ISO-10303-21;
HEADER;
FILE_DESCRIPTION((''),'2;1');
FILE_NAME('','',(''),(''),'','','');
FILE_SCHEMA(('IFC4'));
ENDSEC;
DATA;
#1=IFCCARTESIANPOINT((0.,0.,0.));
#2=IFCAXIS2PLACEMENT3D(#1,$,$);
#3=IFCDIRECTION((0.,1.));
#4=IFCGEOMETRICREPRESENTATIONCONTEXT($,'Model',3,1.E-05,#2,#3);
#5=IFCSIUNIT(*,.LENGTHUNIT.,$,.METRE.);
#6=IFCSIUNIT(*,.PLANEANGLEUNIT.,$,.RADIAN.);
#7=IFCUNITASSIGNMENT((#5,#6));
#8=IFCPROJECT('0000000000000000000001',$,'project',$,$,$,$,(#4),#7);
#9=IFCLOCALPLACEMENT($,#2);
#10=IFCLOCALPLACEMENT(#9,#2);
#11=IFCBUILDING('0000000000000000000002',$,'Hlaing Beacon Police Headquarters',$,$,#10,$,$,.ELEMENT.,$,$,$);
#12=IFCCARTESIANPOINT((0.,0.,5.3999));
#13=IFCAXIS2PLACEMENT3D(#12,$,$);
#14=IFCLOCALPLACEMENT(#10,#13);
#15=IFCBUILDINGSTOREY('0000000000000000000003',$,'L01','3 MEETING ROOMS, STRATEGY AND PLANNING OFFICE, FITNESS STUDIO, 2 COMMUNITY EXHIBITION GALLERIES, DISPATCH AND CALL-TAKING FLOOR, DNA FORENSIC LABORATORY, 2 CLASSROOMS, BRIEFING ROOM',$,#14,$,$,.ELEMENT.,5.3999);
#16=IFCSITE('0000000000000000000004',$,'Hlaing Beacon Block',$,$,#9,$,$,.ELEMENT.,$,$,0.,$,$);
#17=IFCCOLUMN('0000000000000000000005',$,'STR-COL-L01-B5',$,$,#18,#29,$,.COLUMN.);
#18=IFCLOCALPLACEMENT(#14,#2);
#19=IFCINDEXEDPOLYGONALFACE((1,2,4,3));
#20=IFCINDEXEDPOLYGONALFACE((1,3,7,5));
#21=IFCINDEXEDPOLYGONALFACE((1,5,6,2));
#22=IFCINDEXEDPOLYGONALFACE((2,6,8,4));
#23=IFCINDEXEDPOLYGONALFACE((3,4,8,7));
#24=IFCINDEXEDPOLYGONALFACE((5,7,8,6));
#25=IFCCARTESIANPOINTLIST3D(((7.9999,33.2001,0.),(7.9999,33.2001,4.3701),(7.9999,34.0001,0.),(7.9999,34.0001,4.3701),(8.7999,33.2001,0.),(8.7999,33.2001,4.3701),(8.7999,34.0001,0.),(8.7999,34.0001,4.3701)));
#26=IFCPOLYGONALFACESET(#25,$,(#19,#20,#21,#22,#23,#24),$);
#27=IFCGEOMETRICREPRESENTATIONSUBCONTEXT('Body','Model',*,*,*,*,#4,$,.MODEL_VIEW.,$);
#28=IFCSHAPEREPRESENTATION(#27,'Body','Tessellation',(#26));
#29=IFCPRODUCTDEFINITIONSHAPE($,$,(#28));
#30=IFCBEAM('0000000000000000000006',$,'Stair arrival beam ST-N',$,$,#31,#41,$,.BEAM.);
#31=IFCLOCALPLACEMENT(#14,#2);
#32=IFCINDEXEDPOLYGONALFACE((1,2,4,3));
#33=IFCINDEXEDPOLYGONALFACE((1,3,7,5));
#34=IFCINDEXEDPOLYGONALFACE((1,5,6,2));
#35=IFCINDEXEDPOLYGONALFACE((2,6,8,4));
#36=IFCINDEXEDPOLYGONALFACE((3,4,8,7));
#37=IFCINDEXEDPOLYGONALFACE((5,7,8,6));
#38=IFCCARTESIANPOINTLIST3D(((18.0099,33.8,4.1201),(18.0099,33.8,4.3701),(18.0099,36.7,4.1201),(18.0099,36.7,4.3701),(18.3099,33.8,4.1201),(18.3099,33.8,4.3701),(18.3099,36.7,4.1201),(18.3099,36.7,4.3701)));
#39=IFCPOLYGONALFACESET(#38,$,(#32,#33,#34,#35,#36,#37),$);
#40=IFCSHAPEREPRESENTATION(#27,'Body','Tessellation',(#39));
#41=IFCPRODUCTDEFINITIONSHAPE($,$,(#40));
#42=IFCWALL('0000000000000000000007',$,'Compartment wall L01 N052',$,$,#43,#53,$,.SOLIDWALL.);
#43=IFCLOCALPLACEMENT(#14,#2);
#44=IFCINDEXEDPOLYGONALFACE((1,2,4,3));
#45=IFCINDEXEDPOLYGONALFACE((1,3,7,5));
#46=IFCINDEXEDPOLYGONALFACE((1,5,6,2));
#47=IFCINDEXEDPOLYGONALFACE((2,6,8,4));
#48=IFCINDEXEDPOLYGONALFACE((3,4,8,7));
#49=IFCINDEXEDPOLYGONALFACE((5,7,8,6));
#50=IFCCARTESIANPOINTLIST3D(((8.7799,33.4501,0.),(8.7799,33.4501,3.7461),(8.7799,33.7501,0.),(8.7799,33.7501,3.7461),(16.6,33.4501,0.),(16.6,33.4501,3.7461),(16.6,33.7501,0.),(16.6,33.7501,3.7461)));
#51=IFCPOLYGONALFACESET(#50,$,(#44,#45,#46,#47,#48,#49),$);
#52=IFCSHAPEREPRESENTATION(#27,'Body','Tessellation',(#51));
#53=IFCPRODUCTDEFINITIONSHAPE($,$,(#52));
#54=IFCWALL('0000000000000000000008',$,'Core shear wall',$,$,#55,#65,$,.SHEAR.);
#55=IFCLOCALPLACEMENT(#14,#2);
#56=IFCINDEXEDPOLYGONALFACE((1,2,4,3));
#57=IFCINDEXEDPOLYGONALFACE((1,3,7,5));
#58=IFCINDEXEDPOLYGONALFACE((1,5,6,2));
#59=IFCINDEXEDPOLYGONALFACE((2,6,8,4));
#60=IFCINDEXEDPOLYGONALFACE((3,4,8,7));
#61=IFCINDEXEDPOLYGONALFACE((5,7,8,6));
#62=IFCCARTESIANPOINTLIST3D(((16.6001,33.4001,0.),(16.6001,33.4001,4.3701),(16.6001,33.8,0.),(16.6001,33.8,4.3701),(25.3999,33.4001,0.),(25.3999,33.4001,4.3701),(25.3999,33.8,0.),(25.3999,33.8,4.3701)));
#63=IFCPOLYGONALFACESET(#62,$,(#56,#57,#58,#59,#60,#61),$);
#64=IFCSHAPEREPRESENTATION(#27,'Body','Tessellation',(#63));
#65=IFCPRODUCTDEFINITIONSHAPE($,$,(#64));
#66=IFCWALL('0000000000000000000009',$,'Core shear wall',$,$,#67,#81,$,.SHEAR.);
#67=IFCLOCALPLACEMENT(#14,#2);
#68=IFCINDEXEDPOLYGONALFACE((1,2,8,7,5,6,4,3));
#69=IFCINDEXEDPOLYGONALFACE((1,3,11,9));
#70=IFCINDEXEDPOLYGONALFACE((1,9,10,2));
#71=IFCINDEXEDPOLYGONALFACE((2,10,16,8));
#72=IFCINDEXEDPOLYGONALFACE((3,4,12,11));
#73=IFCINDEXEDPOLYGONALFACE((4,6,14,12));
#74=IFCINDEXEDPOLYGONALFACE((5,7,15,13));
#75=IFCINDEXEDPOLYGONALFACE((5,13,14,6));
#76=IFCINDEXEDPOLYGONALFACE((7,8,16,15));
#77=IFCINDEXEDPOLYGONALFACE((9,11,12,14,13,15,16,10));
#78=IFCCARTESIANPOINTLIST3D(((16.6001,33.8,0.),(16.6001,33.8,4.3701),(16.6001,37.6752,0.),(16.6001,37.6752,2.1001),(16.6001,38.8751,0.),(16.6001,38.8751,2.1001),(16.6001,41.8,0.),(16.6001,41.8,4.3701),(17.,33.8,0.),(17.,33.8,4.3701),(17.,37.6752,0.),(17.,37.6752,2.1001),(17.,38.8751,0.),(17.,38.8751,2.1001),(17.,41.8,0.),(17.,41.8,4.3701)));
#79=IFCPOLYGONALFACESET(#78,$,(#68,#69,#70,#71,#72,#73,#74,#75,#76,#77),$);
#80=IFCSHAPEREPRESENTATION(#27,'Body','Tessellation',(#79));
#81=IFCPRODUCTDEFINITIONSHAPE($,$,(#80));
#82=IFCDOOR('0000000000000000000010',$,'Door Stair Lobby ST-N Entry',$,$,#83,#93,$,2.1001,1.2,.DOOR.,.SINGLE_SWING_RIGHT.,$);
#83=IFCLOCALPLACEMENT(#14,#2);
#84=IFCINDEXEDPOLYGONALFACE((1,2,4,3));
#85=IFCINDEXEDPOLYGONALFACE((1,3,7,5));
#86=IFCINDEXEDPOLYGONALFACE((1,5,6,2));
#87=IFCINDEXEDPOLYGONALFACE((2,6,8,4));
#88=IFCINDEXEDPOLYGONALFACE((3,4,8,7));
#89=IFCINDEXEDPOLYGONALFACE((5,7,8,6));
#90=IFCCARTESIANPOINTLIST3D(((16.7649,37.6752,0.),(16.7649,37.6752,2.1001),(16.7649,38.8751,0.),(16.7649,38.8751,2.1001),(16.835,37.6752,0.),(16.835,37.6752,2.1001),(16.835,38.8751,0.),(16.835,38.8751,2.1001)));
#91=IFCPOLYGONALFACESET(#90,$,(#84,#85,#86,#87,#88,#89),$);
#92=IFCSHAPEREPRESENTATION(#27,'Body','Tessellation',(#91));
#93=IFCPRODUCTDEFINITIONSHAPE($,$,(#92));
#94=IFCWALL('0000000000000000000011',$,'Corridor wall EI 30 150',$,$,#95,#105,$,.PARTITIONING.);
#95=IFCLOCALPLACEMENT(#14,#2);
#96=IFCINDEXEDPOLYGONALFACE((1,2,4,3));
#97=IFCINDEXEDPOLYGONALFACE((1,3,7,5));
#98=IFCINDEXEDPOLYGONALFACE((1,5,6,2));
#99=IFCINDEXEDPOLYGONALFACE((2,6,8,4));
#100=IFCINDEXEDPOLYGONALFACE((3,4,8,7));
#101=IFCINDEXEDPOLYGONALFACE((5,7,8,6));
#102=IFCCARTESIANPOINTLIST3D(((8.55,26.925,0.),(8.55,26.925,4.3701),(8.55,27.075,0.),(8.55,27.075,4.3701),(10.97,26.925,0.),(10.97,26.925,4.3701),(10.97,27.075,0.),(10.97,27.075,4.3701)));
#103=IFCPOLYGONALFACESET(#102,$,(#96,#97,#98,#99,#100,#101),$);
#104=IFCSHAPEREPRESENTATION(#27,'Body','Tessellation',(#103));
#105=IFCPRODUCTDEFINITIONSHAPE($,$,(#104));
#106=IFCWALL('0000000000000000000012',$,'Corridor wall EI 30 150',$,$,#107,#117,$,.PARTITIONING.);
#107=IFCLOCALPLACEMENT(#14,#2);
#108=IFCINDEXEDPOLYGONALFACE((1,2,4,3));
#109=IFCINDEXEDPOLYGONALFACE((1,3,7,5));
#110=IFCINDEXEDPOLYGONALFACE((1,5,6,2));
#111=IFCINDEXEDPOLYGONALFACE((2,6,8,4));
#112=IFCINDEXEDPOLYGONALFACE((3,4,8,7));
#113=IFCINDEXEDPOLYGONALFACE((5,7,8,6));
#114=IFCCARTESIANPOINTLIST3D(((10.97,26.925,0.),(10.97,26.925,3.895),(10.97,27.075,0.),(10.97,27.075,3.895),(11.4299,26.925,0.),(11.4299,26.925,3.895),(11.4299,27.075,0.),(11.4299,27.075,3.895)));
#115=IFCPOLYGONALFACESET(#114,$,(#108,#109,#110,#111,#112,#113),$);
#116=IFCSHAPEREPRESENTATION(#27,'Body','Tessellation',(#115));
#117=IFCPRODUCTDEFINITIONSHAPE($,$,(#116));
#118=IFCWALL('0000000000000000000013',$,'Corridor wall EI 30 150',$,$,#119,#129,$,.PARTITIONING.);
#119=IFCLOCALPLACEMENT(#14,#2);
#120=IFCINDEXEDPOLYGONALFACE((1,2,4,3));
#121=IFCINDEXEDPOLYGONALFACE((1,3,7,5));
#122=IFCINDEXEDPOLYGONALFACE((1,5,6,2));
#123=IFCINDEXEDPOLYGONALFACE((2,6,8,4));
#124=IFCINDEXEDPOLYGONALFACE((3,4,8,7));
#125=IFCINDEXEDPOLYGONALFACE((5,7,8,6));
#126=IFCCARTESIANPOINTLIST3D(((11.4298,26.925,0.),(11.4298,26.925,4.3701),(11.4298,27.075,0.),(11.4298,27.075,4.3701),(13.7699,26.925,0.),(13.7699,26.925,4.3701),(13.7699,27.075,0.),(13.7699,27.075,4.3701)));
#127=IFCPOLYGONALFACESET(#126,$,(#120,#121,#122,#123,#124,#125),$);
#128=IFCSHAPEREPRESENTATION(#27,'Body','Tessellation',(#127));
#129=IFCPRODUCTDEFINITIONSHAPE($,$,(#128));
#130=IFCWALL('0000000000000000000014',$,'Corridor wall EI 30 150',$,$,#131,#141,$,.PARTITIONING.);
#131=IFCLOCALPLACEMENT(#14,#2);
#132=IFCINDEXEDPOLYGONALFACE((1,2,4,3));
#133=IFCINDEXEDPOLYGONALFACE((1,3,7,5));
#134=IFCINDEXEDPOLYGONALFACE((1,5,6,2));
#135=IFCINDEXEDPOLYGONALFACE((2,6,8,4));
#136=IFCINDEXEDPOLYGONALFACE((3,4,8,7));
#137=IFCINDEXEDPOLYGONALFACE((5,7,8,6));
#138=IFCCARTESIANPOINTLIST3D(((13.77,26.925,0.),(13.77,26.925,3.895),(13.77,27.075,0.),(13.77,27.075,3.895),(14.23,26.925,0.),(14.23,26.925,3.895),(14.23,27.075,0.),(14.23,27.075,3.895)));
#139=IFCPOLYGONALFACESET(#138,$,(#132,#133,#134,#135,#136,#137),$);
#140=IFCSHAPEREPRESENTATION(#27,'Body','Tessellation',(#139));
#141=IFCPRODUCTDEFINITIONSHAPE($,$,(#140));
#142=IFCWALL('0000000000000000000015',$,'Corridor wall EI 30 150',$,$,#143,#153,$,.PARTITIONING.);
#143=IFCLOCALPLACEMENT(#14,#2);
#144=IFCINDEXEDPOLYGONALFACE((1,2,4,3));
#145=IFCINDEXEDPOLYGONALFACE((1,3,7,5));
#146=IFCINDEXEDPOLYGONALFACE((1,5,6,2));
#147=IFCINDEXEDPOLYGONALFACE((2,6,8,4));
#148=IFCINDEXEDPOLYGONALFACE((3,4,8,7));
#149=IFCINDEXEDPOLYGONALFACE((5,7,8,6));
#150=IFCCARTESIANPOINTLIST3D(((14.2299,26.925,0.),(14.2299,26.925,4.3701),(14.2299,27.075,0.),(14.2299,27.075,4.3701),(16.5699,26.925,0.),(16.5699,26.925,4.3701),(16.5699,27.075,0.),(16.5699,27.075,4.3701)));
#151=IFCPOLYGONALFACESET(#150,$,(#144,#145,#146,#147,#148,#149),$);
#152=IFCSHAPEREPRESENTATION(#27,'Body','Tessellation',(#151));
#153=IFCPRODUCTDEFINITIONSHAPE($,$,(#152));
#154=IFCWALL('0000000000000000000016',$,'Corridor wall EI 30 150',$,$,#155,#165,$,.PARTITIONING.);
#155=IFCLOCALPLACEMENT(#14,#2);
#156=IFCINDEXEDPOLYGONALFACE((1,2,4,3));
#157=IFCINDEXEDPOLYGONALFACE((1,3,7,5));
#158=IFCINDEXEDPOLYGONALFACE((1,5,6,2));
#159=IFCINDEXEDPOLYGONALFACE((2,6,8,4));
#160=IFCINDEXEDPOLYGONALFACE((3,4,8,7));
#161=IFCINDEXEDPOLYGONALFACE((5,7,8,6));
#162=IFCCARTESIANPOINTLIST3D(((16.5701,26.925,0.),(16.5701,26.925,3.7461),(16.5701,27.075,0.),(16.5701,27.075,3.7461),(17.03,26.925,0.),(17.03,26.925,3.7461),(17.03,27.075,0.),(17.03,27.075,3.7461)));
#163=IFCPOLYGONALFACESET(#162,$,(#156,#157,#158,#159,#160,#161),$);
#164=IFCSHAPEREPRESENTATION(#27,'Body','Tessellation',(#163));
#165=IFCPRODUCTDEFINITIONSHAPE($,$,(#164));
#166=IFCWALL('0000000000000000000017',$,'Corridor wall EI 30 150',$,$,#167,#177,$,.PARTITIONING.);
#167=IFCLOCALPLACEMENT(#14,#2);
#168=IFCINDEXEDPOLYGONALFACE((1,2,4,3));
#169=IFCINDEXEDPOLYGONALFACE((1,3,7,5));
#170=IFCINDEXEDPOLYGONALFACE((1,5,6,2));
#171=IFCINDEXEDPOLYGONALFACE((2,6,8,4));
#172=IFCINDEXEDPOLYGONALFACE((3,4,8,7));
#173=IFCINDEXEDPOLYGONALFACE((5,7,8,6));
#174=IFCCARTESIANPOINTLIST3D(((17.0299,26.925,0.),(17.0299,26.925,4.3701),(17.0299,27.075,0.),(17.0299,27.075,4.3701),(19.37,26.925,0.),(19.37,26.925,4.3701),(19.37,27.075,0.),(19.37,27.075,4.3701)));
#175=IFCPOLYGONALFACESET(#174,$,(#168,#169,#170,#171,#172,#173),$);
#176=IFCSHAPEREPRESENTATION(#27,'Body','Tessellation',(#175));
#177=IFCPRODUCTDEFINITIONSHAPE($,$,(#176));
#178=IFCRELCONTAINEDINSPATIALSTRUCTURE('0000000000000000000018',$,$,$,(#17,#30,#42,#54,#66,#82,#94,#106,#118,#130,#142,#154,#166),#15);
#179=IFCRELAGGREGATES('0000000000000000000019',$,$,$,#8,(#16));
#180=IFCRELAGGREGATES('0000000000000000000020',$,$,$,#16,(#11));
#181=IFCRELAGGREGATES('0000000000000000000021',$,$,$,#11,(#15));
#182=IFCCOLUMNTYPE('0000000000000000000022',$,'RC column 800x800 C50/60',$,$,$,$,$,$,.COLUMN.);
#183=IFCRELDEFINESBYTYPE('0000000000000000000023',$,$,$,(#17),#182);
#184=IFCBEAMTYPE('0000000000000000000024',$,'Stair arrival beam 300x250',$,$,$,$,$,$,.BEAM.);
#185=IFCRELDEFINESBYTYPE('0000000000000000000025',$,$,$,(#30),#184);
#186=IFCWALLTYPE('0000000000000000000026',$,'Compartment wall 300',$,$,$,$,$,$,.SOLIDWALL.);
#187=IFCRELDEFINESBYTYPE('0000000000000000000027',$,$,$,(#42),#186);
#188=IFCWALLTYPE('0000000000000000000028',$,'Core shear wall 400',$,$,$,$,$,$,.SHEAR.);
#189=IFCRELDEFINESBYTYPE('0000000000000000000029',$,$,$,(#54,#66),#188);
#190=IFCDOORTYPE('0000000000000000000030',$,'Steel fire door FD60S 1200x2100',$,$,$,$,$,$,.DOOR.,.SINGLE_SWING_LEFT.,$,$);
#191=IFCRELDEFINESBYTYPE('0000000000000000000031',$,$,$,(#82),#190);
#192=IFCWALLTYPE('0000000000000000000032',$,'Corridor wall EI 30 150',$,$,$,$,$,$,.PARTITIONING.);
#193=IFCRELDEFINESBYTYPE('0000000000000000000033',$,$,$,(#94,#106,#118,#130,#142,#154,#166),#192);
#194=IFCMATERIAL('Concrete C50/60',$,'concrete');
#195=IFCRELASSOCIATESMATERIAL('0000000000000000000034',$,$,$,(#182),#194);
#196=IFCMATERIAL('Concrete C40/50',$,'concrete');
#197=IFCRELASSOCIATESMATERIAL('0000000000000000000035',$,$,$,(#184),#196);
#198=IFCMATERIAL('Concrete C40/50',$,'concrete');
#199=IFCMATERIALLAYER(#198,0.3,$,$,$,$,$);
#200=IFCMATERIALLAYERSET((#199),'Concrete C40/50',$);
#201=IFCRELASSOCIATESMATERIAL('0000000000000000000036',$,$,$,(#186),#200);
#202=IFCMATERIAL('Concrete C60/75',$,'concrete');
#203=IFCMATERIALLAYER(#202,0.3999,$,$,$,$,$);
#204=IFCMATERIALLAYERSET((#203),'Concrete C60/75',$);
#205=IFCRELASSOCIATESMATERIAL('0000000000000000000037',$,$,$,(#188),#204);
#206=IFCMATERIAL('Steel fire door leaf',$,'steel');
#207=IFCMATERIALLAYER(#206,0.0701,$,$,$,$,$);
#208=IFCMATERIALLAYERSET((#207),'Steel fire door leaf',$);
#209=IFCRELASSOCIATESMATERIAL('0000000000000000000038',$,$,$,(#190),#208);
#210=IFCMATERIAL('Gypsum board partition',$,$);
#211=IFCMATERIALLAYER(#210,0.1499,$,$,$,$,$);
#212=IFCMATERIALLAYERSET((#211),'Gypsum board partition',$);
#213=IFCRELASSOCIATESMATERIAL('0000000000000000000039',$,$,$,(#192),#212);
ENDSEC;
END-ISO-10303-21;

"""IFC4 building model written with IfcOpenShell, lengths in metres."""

from ifc_helpers import new_model, si_unit, direction, frame, frame_2d, origin, origin_2d, place, context, subcontext, project, spatial, rectangle, extrude, material, layer, layer_set, material_profile, profile_set, type_object, element, fill, save


model = new_model("IFC4")

# Units and contexts
model_context = context("Model", 3, precision=1e-05, world=origin(), true_north=direction((0.0, 1.0)))
body_context = subcontext(model_context, "Body", "Model", "MODEL_VIEW")
ifc_project = project(units=[si_unit("LENGTHUNIT", "METRE"), si_unit("PLANEANGLEUNIT", "RADIAN")], contexts=[model_context])

# Site, building, storey
site_placement = place(None, origin())
site = spatial("IfcSite", under=ifc_project, at=site_placement, Name="Hlaing Beacon Block", CompositionType="ELEMENT", RefElevation=0.0)
building_placement = place(site_placement, origin())
building = spatial("IfcBuilding", under=site, at=building_placement, Name="Hlaing Beacon Police Headquarters", CompositionType="ELEMENT")
storey_placement = place(building_placement, frame((0.0, 0.0, 5.3999)))
storey = spatial("IfcBuildingStorey", under=building, at=storey_placement, Name="L01", Description="3 MEETING ROOMS, STRATEGY AND PLANNING OFFICE, FITNESS STUDIO, 2 COMMUNITY EXHIBITION GALLERIES, DISPATCH AND CALL-TAKING FLOOR, DNA FORENSIC LABORATORY, 2 CLASSROOMS, BRIEFING ROOM", CompositionType="ELEMENT", Elevation=5.3999)

# Column
ifc_material_1 = material(Name="Concrete C50/60", Category="concrete")
ifc_material_profile_1 = material_profile(ifc_material_1, rectangle(XDim=0.8, YDim=0.8, at=origin_2d()), Name="800x800")
ifc_profile_set_1 = profile_set([ifc_material_profile_1], Name="Concrete C50/60")
column_type = type_object("IfcColumnType", Name="RC column 800x800 C50/60", PredefinedType="COLUMN", material=ifc_profile_set_1)
column_placement = place(storey_placement, frame((8.3999, 33.6001, 0.0), z_axis=(0.0, 0.0, 1.0), x_axis=(1.0, 0.0, 0.0)))
element("IfcColumn", 1, at=column_placement, inside=storey, type_object=column_type, Name="STR-COL-L01-B5", PredefinedType="COLUMN", context=body_context, shape_type="SweptSolid", body=[
    extrude(rectangle(XDim=0.8, YDim=0.8, at=origin_2d()), origin(), (0.0, 0.0, 1.0), 4.3701),
])

# Beam
ifc_material_2 = material(Name="Concrete C40/50", Category="concrete")
ifc_material_profile_2 = material_profile(ifc_material_2, rectangle(XDim=0.3, YDim=0.25, at=origin_2d()), Name="Stair arrival beam 300x250")
ifc_profile_set_2 = profile_set([ifc_material_profile_2], Name="Concrete C40/50")
beam_type = type_object("IfcBeamType", Name="Stair arrival beam 300x250", PredefinedType="BEAM", material=ifc_profile_set_2)
beam_placement = place(storey_placement, frame((18.1599, 33.8, 4.2451), z_axis=(0.0, 1.0, 0.0), x_axis=(-1.0, 0.0, 0.0)))
element("IfcBeam", 2, at=beam_placement, inside=storey, type_object=beam_type, Name="Stair arrival beam ST-N", PredefinedType="BEAM", context=body_context, shape_type="SweptSolid", body=[
    extrude(rectangle(XDim=0.3, YDim=0.25, at=origin_2d()), origin(), (0.0, 0.0, 1.0), 2.8999),
])

# Walls
ifc_material_3 = material(Name="Concrete C40/50", Category="concrete")
ifc_layer_1 = layer(ifc_material_3, 0.3)
ifc_layer_set_1 = layer_set([ifc_layer_1], Name="Concrete C40/50")
wall_type_1 = type_object("IfcWallType", Name="Compartment wall 300", PredefinedType="SOLIDWALL", material=ifc_layer_set_1)
wall_1_placement = place(storey_placement, frame((16.6001, 33.6001, 0.0), z_axis=(0.0, 0.0, 1.0), x_axis=(-1.0, 0.0, 0.0)))
element("IfcWall", 3, at=wall_1_placement, inside=storey, type_object=wall_type_1, Name="Compartment wall L01 N052", PredefinedType="SOLIDWALL", context=body_context, shape_type="SweptSolid", body=[
    extrude(rectangle(XDim=7.8201, YDim=0.3, at=frame_2d((3.9102, 0.0))), origin(), (0.0, 0.0, 1.0), 3.7461),
])
ifc_material_4 = material(Name="Concrete C60/75", Category="concrete")
ifc_layer_2 = layer(ifc_material_4, 0.3999)
ifc_layer_set_2 = layer_set([ifc_layer_2], Name="Concrete C60/75")
wall_type_2 = type_object("IfcWallType", Name="Core shear wall 400", PredefinedType="SHEAR", material=ifc_layer_set_2)
wall_2_placement = place(storey_placement, frame((16.6001, 33.6001, 0.0), z_axis=(0.0, 0.0, 1.0), x_axis=(1.0, 0.0, 0.0)))
element("IfcWall", 4, at=wall_2_placement, inside=storey, type_object=wall_type_2, Name="Core shear wall", PredefinedType="SHEAR", context=body_context, shape_type="SweptSolid", body=[
    extrude(rectangle(XDim=8.7998, YDim=0.3999, at=frame_2d((4.3999, 0.0))), origin(), (0.0, 0.0, 1.0), 4.3701),
])

# Wall, opening, door
wall_3_placement = place(storey_placement, frame((16.8, 33.8, 0.0), z_axis=(0.0, 0.0, 1.0), x_axis=(0.0, 1.0, 0.0)))
wall_3 = element("IfcWall", 5, at=wall_3_placement, inside=storey, type_object=wall_type_2, Name="Core shear wall", PredefinedType="SHEAR", context=body_context, shape_type="SweptSolid", body=[
    extrude(rectangle(XDim=8.0, YDim=0.3999, at=frame_2d((4.0, 0.0))), origin(), (0.0, 0.0, 1.0), 4.3701),
])
opening_1_placement = place(wall_3_placement, frame((3.875, 0.0, 0.0)))
opening_1 = element("IfcOpeningElement", 6, at=opening_1_placement, cuts=wall_3, PredefinedType="OPENING", context=body_context, shape_type="SweptSolid", body=[
    extrude(rectangle(XDim=1.2, YDim=2.1001, at=frame_2d((0.6001, 1.05))), frame((0.0, 0.21, 0.0), z_axis=(0.0, -1.0, 0.0), x_axis=(1.0, 0.0, 0.0)), (0.0, 0.0, 1.0), 0.4199),
])
ifc_material_5 = material(Name="Steel fire door leaf", Category="steel")
ifc_layer_3 = layer(ifc_material_5, 0.0701)
ifc_layer_set_3 = layer_set([ifc_layer_3], Name="Steel fire door leaf")
door_type = type_object("IfcDoorType", Name="Steel fire door FD60S 1200x2100", OperationType="SINGLE_SWING_LEFT", PredefinedType="DOOR", material=ifc_layer_set_3)
door_placement = place(opening_1_placement, frame((1.2, 0.0, 0.0), z_axis=(0.0, 0.0, 1.0), x_axis=(-1.0, 0.0, 0.0)))
door = element("IfcDoor", 7, at=door_placement, inside=storey, type_object=door_type, Name="Door Stair Lobby ST-N Entry", OperationType="SINGLE_SWING_RIGHT", OverallHeight=2.1001, OverallWidth=1.2, PredefinedType="DOOR", context=body_context, shape_type="SweptSolid", body=[
    extrude(rectangle(XDim=1.2, YDim=2.1001, at=frame_2d((0.5999, 1.05))), frame((0.0, 0.0349, 0.0), z_axis=(0.0, -1.0, 0.0), x_axis=(1.0, 0.0, 0.0)), (0.0, 0.0, 1.0), 0.0701),
])
fill(opening_1, door)

# Walls
ifc_material_6 = material(Name="Gypsum board partition")
ifc_layer_4 = layer(ifc_material_6, 0.1499)
ifc_layer_set_4 = layer_set([ifc_layer_4], Name="Gypsum board partition")
wall_type_3 = type_object("IfcWallType", Name="Corridor wall EI 30 150", PredefinedType="PARTITIONING", material=ifc_layer_set_4)
wall_4_placement = place(storey_placement, frame((8.55, 27.0, 0.0), z_axis=(0.0, 0.0, 1.0), x_axis=(1.0, 0.0, 0.0)))
element("IfcWall", 8, at=wall_4_placement, inside=storey, type_object=wall_type_3, Name="Corridor wall EI 30 150", PredefinedType="PARTITIONING", context=body_context, shape_type="SweptSolid", body=[
    extrude(rectangle(XDim=2.4199, YDim=0.1499, at=frame_2d((1.21, 0.0))), origin(), (0.0, 0.0, 1.0), 4.3701),
])
wall_5_placement = place(storey_placement, frame((10.97, 27.0, 0.0), z_axis=(0.0, 0.0, 1.0), x_axis=(1.0, 0.0, 0.0)))
element("IfcWall", 9, at=wall_5_placement, inside=storey, type_object=wall_type_3, Name="Corridor wall EI 30 150", PredefinedType="PARTITIONING", context=body_context, shape_type="SweptSolid", body=[
    extrude(rectangle(XDim=0.46, YDim=0.1499, at=frame_2d((0.23, 0.0))), origin(), (0.0, 0.0, 1.0), 3.895),
])
wall_6_placement = place(storey_placement, frame((11.4299, 27.0, 0.0), z_axis=(0.0, 0.0, 1.0), x_axis=(1.0, 0.0, 0.0)))
element("IfcWall", 10, at=wall_6_placement, inside=storey, type_object=wall_type_3, Name="Corridor wall EI 30 150", PredefinedType="PARTITIONING", context=body_context, shape_type="SweptSolid", body=[
    extrude(rectangle(XDim=2.3401, YDim=0.1499, at=frame_2d((1.1699, 0.0))), origin(), (0.0, 0.0, 1.0), 4.3701),
])
wall_7_placement = place(storey_placement, frame((13.77, 27.0, 0.0), z_axis=(0.0, 0.0, 1.0), x_axis=(1.0, 0.0, 0.0)))
element("IfcWall", 11, at=wall_7_placement, inside=storey, type_object=wall_type_3, Name="Corridor wall EI 30 150", PredefinedType="PARTITIONING", context=body_context, shape_type="SweptSolid", body=[
    extrude(rectangle(XDim=0.46, YDim=0.1499, at=frame_2d((0.23, 0.0))), origin(), (0.0, 0.0, 1.0), 3.895),
])
wall_8_placement = place(storey_placement, frame((14.23, 27.0, 0.0), z_axis=(0.0, 0.0, 1.0), x_axis=(1.0, 0.0, 0.0)))
element("IfcWall", 12, at=wall_8_placement, inside=storey, type_object=wall_type_3, Name="Corridor wall EI 30 150", PredefinedType="PARTITIONING", context=body_context, shape_type="SweptSolid", body=[
    extrude(rectangle(XDim=2.3401, YDim=0.1499, at=frame_2d((1.1699, 0.0))), origin(), (0.0, 0.0, 1.0), 4.3701),
])
wall_9_placement = place(storey_placement, frame((16.5701, 27.0, 0.0), z_axis=(0.0, 0.0, 1.0), x_axis=(1.0, 0.0, 0.0)))
element("IfcWall", 13, at=wall_9_placement, inside=storey, type_object=wall_type_3, Name="Corridor wall EI 30 150", PredefinedType="PARTITIONING", context=body_context, shape_type="SweptSolid", body=[
    extrude(rectangle(XDim=0.46, YDim=0.1499, at=frame_2d((0.23, 0.0))), origin(), (0.0, 0.0, 1.0), 3.7461),
])
wall_10_placement = place(storey_placement, frame((17.03, 27.0, 0.0), z_axis=(0.0, 0.0, 1.0), x_axis=(1.0, 0.0, 0.0)))
element("IfcWall", 14, at=wall_10_placement, inside=storey, type_object=wall_type_3, Name="Corridor wall EI 30 150", PredefinedType="PARTITIONING", context=body_context, shape_type="SweptSolid", body=[
    extrude(rectangle(XDim=2.3401, YDim=0.1499, at=frame_2d((1.1699, 0.0))), origin(), (0.0, 0.0, 1.0), 4.3701),
])

save(model, "model.ifc")
